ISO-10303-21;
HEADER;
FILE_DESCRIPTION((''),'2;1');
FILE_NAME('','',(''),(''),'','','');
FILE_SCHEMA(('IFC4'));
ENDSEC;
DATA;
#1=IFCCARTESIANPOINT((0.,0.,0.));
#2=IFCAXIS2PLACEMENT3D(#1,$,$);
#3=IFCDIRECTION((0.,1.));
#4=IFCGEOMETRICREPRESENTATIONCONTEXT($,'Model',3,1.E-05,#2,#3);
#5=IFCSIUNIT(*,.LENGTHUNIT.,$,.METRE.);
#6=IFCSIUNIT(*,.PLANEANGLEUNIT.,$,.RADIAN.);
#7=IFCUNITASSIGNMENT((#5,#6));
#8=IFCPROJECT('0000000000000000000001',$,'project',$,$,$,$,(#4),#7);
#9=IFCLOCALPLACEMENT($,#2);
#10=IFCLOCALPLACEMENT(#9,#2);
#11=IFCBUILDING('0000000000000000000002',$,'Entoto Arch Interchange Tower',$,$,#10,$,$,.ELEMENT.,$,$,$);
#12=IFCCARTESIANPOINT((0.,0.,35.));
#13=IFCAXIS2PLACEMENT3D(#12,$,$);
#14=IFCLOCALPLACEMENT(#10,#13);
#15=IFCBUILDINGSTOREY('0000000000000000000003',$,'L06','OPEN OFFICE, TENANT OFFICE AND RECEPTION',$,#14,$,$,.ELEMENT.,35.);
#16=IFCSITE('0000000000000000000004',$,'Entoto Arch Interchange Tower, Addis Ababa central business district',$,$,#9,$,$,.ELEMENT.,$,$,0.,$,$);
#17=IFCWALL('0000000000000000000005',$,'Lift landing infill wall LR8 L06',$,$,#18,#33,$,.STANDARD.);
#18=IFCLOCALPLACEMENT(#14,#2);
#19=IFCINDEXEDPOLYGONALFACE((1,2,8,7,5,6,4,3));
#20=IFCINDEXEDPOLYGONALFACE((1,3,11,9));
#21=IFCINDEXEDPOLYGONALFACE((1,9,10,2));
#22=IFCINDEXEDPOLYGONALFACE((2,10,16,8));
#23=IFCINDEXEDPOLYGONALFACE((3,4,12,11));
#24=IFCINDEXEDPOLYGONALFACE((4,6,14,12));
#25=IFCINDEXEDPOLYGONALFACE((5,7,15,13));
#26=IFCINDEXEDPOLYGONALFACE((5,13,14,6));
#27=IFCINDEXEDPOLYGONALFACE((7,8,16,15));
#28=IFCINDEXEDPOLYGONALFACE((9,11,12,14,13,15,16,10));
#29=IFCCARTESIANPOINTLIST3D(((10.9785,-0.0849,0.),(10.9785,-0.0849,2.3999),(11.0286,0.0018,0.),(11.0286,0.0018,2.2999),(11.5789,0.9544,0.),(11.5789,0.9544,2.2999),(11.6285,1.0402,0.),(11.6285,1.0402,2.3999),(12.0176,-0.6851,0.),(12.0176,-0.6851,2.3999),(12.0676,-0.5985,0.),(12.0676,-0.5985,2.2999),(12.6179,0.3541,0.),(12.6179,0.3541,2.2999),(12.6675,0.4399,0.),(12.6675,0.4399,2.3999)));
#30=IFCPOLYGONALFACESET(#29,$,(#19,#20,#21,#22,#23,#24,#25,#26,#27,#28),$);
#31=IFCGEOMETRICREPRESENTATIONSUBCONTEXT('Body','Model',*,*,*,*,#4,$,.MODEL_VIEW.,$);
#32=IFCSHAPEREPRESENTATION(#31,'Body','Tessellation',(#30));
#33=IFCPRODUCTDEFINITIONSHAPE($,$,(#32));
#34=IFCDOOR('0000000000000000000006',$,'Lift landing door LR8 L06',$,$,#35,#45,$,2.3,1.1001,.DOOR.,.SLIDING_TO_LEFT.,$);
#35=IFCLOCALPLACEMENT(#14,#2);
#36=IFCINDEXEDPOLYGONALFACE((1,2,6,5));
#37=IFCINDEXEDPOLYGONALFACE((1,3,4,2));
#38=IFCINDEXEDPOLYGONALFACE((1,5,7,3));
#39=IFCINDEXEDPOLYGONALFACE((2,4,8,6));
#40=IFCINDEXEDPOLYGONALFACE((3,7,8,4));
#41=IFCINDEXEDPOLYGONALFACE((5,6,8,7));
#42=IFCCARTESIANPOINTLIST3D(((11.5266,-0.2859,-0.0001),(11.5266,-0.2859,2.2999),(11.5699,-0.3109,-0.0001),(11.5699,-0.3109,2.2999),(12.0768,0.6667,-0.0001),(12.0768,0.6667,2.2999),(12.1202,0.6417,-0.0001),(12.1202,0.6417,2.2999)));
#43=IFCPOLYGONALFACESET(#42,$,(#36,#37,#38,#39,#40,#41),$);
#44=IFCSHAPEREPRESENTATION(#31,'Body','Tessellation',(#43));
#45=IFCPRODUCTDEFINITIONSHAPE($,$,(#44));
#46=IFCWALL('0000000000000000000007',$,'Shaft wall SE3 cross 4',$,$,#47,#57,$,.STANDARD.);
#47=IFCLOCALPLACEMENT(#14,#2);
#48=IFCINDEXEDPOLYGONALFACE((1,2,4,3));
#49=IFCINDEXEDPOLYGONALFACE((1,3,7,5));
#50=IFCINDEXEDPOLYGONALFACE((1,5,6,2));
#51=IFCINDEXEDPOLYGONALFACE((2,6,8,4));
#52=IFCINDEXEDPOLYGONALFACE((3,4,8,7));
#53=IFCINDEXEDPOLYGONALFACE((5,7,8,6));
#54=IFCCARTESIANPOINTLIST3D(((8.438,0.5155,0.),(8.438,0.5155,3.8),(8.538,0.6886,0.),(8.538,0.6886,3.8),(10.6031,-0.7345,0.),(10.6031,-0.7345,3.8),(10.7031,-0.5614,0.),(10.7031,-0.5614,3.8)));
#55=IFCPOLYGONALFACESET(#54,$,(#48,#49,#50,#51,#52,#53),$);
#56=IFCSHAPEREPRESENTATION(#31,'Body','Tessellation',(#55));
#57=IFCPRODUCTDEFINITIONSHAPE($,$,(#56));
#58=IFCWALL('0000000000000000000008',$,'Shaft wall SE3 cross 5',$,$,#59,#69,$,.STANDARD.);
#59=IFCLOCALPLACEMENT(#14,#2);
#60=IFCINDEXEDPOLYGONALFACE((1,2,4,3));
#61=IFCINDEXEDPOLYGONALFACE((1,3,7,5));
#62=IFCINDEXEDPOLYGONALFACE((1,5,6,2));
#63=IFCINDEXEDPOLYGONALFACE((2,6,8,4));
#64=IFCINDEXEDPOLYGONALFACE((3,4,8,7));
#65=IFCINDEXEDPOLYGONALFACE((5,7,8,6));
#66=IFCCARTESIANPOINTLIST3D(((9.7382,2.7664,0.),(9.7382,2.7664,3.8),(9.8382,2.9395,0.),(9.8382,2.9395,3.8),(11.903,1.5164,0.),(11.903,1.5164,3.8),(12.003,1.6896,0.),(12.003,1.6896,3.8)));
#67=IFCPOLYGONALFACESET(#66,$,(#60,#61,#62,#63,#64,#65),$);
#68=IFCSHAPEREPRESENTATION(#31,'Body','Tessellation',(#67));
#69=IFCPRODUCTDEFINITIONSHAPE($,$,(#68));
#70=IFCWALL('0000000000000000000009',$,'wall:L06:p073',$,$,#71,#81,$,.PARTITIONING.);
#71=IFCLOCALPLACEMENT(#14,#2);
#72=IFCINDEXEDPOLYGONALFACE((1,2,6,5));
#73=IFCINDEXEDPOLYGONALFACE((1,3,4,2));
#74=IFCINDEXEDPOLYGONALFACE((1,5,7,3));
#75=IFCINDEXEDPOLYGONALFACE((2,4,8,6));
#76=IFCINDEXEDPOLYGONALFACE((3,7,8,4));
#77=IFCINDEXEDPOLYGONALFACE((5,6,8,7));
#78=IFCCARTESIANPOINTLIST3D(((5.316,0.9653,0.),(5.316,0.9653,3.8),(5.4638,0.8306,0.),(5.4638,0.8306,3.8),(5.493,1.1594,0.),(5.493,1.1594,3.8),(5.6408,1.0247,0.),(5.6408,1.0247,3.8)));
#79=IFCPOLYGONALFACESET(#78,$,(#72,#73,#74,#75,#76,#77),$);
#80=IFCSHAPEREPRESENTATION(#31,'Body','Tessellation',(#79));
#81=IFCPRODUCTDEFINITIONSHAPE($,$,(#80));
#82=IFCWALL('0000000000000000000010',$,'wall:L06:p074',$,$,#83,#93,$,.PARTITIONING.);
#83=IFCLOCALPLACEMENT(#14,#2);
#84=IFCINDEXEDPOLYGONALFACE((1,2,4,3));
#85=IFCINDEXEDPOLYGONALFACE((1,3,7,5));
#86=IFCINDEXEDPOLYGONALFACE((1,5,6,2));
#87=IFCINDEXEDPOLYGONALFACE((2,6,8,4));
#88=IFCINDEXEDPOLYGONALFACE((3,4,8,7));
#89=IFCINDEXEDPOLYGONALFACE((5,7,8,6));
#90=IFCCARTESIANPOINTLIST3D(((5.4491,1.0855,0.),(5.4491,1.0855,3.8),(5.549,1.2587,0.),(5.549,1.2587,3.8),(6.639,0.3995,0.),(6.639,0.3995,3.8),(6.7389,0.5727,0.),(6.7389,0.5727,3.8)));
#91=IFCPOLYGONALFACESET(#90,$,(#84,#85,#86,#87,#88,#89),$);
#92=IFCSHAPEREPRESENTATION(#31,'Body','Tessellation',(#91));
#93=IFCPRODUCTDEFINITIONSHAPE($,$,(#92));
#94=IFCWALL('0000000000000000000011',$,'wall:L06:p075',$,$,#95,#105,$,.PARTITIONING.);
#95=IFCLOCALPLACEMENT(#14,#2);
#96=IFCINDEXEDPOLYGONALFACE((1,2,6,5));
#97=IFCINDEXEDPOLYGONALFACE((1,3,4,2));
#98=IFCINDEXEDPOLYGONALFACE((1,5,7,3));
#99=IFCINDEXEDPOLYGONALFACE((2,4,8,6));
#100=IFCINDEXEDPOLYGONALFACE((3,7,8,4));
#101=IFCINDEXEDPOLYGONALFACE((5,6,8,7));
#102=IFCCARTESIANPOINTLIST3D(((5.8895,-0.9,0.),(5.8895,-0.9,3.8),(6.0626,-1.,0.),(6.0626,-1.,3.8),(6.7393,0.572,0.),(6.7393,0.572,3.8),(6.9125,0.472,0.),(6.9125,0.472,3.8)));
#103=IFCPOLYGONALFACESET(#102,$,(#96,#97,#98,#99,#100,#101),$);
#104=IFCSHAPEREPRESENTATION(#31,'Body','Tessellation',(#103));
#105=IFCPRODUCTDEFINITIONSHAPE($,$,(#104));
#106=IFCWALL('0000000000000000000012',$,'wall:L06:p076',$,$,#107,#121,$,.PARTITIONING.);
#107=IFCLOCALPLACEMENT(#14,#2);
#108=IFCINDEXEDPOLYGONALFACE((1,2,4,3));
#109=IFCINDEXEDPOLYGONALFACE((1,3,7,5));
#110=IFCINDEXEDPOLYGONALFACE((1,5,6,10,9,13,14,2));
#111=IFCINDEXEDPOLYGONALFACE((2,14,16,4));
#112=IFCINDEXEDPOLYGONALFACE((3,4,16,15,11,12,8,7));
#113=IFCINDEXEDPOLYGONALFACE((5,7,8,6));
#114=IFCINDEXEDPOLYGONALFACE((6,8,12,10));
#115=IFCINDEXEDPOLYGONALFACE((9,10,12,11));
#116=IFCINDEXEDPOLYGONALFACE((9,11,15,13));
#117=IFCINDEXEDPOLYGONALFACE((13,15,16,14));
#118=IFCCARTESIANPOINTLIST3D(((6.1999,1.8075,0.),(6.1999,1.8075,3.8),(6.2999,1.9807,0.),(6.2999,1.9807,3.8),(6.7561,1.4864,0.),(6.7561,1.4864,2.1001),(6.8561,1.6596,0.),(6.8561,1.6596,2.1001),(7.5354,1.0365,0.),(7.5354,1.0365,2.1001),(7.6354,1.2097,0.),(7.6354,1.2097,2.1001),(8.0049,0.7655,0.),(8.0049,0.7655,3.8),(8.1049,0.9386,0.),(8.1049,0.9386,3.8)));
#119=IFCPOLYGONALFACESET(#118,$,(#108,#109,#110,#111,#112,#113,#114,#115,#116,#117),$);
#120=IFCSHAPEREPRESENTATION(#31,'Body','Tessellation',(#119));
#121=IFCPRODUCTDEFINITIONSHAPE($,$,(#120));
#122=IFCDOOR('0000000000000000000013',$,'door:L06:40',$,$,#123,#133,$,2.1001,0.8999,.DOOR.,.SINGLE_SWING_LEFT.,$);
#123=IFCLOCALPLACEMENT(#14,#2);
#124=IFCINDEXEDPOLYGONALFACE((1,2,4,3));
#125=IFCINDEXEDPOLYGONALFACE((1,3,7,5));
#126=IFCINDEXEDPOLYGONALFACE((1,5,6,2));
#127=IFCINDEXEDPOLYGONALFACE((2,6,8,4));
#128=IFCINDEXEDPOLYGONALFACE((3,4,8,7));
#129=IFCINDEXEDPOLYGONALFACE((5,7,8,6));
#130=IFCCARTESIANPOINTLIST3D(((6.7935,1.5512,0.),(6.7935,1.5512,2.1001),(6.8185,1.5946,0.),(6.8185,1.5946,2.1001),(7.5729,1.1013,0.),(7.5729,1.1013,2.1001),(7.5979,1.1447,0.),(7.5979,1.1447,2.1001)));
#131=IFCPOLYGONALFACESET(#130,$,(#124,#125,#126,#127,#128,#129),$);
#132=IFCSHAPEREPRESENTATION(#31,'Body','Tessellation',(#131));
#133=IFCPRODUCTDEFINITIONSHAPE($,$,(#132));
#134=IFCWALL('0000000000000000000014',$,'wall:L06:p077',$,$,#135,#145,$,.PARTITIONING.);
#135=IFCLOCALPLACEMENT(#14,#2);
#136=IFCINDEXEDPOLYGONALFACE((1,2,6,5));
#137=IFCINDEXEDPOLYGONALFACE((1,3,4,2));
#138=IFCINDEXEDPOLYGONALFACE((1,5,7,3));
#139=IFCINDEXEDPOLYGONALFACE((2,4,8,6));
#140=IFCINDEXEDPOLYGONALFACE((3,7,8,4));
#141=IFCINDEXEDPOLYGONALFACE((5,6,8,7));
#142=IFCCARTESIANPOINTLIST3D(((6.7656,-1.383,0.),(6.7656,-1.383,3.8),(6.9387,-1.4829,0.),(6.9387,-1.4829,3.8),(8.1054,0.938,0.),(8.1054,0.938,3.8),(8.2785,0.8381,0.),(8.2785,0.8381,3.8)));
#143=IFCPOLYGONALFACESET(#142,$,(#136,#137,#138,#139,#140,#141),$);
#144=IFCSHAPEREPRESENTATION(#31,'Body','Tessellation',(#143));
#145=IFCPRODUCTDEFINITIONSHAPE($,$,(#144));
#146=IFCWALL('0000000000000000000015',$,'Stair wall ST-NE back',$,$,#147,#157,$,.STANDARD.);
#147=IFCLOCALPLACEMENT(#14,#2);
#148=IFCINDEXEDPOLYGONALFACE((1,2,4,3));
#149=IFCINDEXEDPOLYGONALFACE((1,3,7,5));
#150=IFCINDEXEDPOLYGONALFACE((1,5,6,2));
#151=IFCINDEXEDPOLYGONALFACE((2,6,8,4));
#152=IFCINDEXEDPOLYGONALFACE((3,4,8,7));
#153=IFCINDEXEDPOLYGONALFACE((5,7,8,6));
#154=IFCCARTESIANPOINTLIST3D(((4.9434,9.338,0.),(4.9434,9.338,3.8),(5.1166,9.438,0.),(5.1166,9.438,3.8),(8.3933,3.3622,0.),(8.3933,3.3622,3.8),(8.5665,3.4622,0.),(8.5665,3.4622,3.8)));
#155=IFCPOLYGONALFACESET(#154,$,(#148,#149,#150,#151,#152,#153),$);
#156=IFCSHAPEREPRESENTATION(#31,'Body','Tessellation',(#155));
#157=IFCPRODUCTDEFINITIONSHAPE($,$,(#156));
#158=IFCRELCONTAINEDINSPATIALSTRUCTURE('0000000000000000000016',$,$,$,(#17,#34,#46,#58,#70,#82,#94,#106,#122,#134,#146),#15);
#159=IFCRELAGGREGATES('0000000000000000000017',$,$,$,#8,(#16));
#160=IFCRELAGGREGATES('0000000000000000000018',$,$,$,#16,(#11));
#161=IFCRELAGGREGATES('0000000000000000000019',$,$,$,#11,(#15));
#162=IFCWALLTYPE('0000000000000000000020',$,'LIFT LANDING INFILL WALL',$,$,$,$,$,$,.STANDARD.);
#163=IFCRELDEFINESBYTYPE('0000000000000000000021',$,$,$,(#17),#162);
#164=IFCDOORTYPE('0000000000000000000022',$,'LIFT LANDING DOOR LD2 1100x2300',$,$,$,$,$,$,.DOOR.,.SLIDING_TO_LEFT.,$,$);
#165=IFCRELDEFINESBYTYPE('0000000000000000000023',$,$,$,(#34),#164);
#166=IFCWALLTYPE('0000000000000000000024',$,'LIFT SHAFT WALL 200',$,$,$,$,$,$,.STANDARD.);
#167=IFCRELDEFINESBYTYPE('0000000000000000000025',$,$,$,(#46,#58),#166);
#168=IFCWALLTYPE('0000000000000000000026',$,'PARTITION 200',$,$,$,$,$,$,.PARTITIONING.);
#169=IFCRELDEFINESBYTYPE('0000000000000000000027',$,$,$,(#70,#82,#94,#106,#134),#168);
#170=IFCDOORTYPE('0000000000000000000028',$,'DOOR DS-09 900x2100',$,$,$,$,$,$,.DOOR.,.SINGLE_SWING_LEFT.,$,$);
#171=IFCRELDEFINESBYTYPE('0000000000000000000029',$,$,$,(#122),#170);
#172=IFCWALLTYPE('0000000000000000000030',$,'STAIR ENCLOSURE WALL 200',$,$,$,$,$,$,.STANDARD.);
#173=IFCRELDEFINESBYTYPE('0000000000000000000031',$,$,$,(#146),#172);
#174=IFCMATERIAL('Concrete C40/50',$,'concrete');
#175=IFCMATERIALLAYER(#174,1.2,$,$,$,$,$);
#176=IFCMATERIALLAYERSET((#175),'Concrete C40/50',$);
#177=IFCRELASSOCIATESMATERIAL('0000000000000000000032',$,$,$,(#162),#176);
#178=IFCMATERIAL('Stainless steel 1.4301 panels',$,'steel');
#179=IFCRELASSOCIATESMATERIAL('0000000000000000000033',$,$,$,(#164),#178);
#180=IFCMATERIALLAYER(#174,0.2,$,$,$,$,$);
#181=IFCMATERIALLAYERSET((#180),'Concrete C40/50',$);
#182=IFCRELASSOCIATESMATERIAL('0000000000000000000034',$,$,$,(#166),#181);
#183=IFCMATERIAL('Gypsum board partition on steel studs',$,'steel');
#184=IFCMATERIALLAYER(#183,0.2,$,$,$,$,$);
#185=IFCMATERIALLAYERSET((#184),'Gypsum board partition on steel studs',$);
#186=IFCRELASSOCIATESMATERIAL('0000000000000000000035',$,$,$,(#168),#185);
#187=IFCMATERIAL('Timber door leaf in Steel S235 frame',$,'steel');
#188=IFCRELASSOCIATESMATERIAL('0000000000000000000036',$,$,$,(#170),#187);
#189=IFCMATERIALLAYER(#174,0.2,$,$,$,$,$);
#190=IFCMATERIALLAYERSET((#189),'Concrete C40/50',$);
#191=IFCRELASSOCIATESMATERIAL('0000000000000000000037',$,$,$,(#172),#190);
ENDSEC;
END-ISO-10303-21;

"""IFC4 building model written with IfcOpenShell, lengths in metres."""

from ifc_helpers import new_model, si_unit, direction, frame, frame_2d, origin, place, context, subcontext, project, spatial, rectangle, extrude, material, layer, layer_set, type_object, element, fill, save


model = new_model("IFC4")

# Units and contexts
model_context = context("Model", 3, precision=1e-05, world=origin(), true_north=direction((0.0, 1.0)))
body_context = subcontext(model_context, "Body", "Model", "MODEL_VIEW")
ifc_project = project(units=[si_unit("LENGTHUNIT", "METRE"), si_unit("PLANEANGLEUNIT", "RADIAN")], contexts=[model_context])

# Site, building, storey
site_placement = place(None, origin())
site = spatial("IfcSite", under=ifc_project, at=site_placement, Name="Entoto Arch Interchange Tower, Addis Ababa central business district", CompositionType="ELEMENT", RefElevation=0.0)
building_placement = place(site_placement, origin())
building = spatial("IfcBuilding", under=site, at=building_placement, Name="Entoto Arch Interchange Tower", CompositionType="ELEMENT")
storey_placement = place(building_placement, frame((0.0, 0.0, 35.0)))
storey = spatial("IfcBuildingStorey", under=building, at=storey_placement, Name="L06", Description="OPEN OFFICE, TENANT OFFICE AND RECEPTION", CompositionType="ELEMENT", Elevation=35.0)

# Wall, opening, door
ifc_material_1 = material(Name="Concrete C40/50", Category="concrete")
ifc_layer_1 = layer(ifc_material_1, 1.2)
ifc_layer_set_1 = layer_set([ifc_layer_1], Name="Concrete C40/50")
wall_type_1 = type_object("IfcWallType", Name="LIFT LANDING INFILL WALL", PredefinedType="STANDARD", material=ifc_layer_set_1)
wall_1_placement = place(storey_placement, frame((11.498, -0.385, 0.0), z_axis=(0.0, 0.0, 1.0), x_axis=(0.500221, 0.865898, 0.0)))
wall_1 = element("IfcWall", 1, at=wall_1_placement, inside=storey, type_object=wall_type_1, Name="Lift landing infill wall LR8 L06", PredefinedType="STANDARD", context=body_context, shape_type="SweptSolid", body=[
    extrude(rectangle(XDim=1.2993, YDim=1.2, at=frame_2d((0.6497, 0.0))), origin(), (0.0, 0.0, 1.0), 2.3999),
])
opening_1_placement = place(wall_1_placement, frame((0.1001, 0.0, 0.0)))
opening_1 = element("IfcOpeningElement", 2, at=opening_1_placement, cuts=wall_1, PredefinedType="OPENING", context=body_context, shape_type="SweptSolid", body=[
    extrude(rectangle(XDim=1.1001, YDim=2.3, at=frame_2d((0.55, 1.1499))), frame((0.0, 0.6099, 0.0), z_axis=(0.0, -1.0, 0.0), x_axis=(1.0, 0.0, 0.0)), (0.0, 0.0, 1.0), 1.22),
])
ifc_material_2 = material(Name="Stainless steel 1.4301 panels", Category="steel")
door_type_1 = type_object("IfcDoorType", Name="LIFT LANDING DOOR LD2 1100x2300", OperationType="SLIDING_TO_LEFT", PredefinedType="DOOR", material=ifc_material_2)
door_1_placement = place(opening_1_placement, origin())
door_1 = element("IfcDoor", 3, at=door_1_placement, inside=storey, type_object=door_type_1, Name="Lift landing door LR8 L06", OperationType="SLIDING_TO_LEFT", OverallHeight=2.3, OverallWidth=1.1001, PredefinedType="DOOR", context=body_context, shape_type="SweptSolid", body=[
    extrude(rectangle(XDim=1.1001, YDim=2.3, at=frame_2d((0.55, 1.1499))), frame((0.0, 0.0249, 0.0), z_axis=(0.0, -1.0, 0.0), x_axis=(1.0, 0.0, 0.0)), (0.0, 0.0, 1.0), 0.05),
])
fill(opening_1, door_1)

# Walls
ifc_layer_2 = layer(ifc_material_1, 0.2)
ifc_layer_set_2 = layer_set([ifc_layer_2], Name="Concrete C40/50")
wall_type_2 = type_object("IfcWallType", Name="LIFT SHAFT WALL 200", PredefinedType="STANDARD", material=ifc_layer_set_2)
wall_2_placement = place(storey_placement, frame((8.488, 0.6021, 0.0), z_axis=(0.0, 0.0, 1.0), x_axis=(0.866023, -0.500004, 0.0)))
element("IfcWall", 4, at=wall_2_placement, inside=storey, type_object=wall_type_2, Name="Shaft wall SE3 cross 4", PredefinedType="STANDARD", context=body_context, shape_type="SweptSolid", body=[
    extrude(rectangle(XDim=2.5, YDim=0.2, at=frame_2d((1.25, 0.0))), origin(), (0.0, 0.0, 1.0), 3.8),
])
wall_3_placement = place(storey_placement, frame((9.7881, 2.853, 0.0), z_axis=(0.0, 0.0, 1.0), x_axis=(0.865999, -0.500047, 0.0)))
element("IfcWall", 5, at=wall_3_placement, inside=storey, type_object=wall_type_2, Name="Shaft wall SE3 cross 5", PredefinedType="STANDARD", context=body_context, shape_type="SweptSolid", body=[
    extrude(rectangle(XDim=2.4998, YDim=0.2, at=frame_2d((1.25, 0.0))), origin(), (0.0, 0.0, 1.0), 3.8),
])
ifc_material_3 = material(Name="Gypsum board partition on steel studs", Category="steel")
ifc_layer_3 = layer(ifc_material_3, 0.2)
ifc_layer_set_3 = layer_set([ifc_layer_3], Name="Gypsum board partition on steel studs")
wall_type_3 = type_object("IfcWallType", Name="PARTITION 200", PredefinedType="PARTITIONING", material=ifc_layer_set_3)
wall_4_placement = place(storey_placement, frame((5.3899, 0.8979, 0.0), z_axis=(0.0, 0.0, 1.0), x_axis=(0.673828, 0.738888, 0.0)))
element("IfcWall", 6, at=wall_4_placement, inside=storey, type_object=wall_type_3, Name="wall:L06:p073", PredefinedType="PARTITIONING", context=body_context, shape_type="SweptSolid", body=[
    extrude(rectangle(XDim=0.2627, YDim=0.2, at=frame_2d((0.1313, 0.0))), origin(), (0.0, 0.0, 1.0), 3.8),
])
wall_5_placement = place(storey_placement, frame((5.499, 1.1721, 0.0), z_axis=(0.0, 0.0, 1.0), x_axis=(0.866334, -0.499466, 0.0)))
element("IfcWall", 7, at=wall_5_placement, inside=storey, type_object=wall_type_3, Name="wall:L06:p074", PredefinedType="PARTITIONING", context=body_context, shape_type="SweptSolid", body=[
    extrude(rectangle(XDim=1.3735, YDim=0.2, at=frame_2d((0.6868, 0.0))), origin(), (0.0, 0.0, 1.0), 3.8),
])
wall_6_placement = place(storey_placement, frame((6.8259, 0.522, 0.0), z_axis=(0.0, 0.0, 1.0), x_axis=(-0.500017, -0.866016, 0.0)))
element("IfcWall", 8, at=wall_6_placement, inside=storey, type_object=wall_type_3, Name="wall:L06:p075", PredefinedType="PARTITIONING", context=body_context, shape_type="SweptSolid", body=[
    extrude(rectangle(XDim=1.6997, YDim=0.2, at=frame_2d((0.8499, 0.0))), origin(), (0.0, 0.0, 1.0), 3.8),
])

# Wall, opening, door
wall_7_placement = place(storey_placement, frame((6.25, 1.894, 0.0), z_axis=(0.0, 0.0, 1.0), x_axis=(0.866043, -0.499969, 0.0)))
wall_7 = element("IfcWall", 9, at=wall_7_placement, inside=storey, type_object=wall_type_3, Name="wall:L06:p076", PredefinedType="PARTITIONING", context=body_context, shape_type="SweptSolid", body=[
    extrude(rectangle(XDim=2.0842, YDim=0.2, at=frame_2d((1.042, 0.0))), origin(), (0.0, 0.0, 1.0), 3.8),
])
opening_2_placement = place(wall_7_placement, frame((0.6421, 0.0, 0.0)))
opening_2 = element("IfcOpeningElement", 10, at=opening_2_placement, cuts=wall_7, PredefinedType="OPENING", context=body_context, shape_type="SweptSolid", body=[
    extrude(rectangle(XDim=0.8999, YDim=2.1001, at=frame_2d((0.45, 1.05))), frame((0.0, 0.1099, 0.0), z_axis=(0.0, -1.0, 0.0), x_axis=(1.0, 0.0, 0.0)), (0.0, 0.0, 1.0), 0.22),
])
ifc_material_4 = material(Name="Timber door leaf in Steel S235 frame", Category="steel")
door_type_2 = type_object("IfcDoorType", Name="DOOR DS-09 900x2100", OperationType="SINGLE_SWING_LEFT", PredefinedType="DOOR", material=ifc_material_4)
door_2_placement = place(opening_2_placement, origin())
door_2 = element("IfcDoor", 11, at=door_2_placement, inside=storey, type_object=door_type_2, Name="door:L06:40", OperationType="SINGLE_SWING_LEFT", OverallHeight=2.1001, OverallWidth=0.8999, PredefinedType="DOOR", context=body_context, shape_type="SweptSolid", body=[
    extrude(rectangle(XDim=0.8999, YDim=2.1001, at=frame_2d((0.45, 1.05))), frame((0.0, 0.0249, 0.0), z_axis=(0.0, -1.0, 0.0), x_axis=(1.0, 0.0, 0.0)), (0.0, 0.0, 1.0), 0.05),
])
fill(opening_2, door_2)

# Walls
wall_8_placement = place(storey_placement, frame((8.1919, 0.8879, 0.0), z_axis=(0.0, 0.0, 1.0), x_axis=(-0.499941, -0.86606, 0.0)))
element("IfcWall", 12, at=wall_8_placement, inside=storey, type_object=wall_type_3, Name="wall:L06:p077", PredefinedType="PARTITIONING", context=body_context, shape_type="SweptSolid", body=[
    extrude(rectangle(XDim=2.6799, YDim=0.2, at=frame_2d((1.3398, 0.0))), origin(), (0.0, 0.0, 1.0), 3.8),
])
ifc_layer_4 = layer(ifc_material_1, 0.2)
ifc_layer_set_4 = layer_set([ifc_layer_4], Name="Concrete C40/50")
wall_type_4 = type_object("IfcWallType", Name="STAIR ENCLOSURE WALL 200", PredefinedType="STANDARD", material=ifc_layer_set_4)
wall_9_placement = place(storey_placement, frame((8.48, 3.4121, 0.0), z_axis=(0.0, 0.0, 1.0), x_axis=(-0.499979, 0.866038, 0.0)))
element("IfcWall", 13, at=wall_9_placement, inside=storey, type_object=wall_type_4, Name="Stair wall ST-NE back", PredefinedType="STANDARD", context=body_context, shape_type="SweptSolid", body=[
    extrude(rectangle(XDim=6.9001, YDim=0.2, at=frame_2d((3.4502, 0.0))), origin(), (0.0, 0.0, 1.0), 3.8),
])

save(model, "model.ifc")
